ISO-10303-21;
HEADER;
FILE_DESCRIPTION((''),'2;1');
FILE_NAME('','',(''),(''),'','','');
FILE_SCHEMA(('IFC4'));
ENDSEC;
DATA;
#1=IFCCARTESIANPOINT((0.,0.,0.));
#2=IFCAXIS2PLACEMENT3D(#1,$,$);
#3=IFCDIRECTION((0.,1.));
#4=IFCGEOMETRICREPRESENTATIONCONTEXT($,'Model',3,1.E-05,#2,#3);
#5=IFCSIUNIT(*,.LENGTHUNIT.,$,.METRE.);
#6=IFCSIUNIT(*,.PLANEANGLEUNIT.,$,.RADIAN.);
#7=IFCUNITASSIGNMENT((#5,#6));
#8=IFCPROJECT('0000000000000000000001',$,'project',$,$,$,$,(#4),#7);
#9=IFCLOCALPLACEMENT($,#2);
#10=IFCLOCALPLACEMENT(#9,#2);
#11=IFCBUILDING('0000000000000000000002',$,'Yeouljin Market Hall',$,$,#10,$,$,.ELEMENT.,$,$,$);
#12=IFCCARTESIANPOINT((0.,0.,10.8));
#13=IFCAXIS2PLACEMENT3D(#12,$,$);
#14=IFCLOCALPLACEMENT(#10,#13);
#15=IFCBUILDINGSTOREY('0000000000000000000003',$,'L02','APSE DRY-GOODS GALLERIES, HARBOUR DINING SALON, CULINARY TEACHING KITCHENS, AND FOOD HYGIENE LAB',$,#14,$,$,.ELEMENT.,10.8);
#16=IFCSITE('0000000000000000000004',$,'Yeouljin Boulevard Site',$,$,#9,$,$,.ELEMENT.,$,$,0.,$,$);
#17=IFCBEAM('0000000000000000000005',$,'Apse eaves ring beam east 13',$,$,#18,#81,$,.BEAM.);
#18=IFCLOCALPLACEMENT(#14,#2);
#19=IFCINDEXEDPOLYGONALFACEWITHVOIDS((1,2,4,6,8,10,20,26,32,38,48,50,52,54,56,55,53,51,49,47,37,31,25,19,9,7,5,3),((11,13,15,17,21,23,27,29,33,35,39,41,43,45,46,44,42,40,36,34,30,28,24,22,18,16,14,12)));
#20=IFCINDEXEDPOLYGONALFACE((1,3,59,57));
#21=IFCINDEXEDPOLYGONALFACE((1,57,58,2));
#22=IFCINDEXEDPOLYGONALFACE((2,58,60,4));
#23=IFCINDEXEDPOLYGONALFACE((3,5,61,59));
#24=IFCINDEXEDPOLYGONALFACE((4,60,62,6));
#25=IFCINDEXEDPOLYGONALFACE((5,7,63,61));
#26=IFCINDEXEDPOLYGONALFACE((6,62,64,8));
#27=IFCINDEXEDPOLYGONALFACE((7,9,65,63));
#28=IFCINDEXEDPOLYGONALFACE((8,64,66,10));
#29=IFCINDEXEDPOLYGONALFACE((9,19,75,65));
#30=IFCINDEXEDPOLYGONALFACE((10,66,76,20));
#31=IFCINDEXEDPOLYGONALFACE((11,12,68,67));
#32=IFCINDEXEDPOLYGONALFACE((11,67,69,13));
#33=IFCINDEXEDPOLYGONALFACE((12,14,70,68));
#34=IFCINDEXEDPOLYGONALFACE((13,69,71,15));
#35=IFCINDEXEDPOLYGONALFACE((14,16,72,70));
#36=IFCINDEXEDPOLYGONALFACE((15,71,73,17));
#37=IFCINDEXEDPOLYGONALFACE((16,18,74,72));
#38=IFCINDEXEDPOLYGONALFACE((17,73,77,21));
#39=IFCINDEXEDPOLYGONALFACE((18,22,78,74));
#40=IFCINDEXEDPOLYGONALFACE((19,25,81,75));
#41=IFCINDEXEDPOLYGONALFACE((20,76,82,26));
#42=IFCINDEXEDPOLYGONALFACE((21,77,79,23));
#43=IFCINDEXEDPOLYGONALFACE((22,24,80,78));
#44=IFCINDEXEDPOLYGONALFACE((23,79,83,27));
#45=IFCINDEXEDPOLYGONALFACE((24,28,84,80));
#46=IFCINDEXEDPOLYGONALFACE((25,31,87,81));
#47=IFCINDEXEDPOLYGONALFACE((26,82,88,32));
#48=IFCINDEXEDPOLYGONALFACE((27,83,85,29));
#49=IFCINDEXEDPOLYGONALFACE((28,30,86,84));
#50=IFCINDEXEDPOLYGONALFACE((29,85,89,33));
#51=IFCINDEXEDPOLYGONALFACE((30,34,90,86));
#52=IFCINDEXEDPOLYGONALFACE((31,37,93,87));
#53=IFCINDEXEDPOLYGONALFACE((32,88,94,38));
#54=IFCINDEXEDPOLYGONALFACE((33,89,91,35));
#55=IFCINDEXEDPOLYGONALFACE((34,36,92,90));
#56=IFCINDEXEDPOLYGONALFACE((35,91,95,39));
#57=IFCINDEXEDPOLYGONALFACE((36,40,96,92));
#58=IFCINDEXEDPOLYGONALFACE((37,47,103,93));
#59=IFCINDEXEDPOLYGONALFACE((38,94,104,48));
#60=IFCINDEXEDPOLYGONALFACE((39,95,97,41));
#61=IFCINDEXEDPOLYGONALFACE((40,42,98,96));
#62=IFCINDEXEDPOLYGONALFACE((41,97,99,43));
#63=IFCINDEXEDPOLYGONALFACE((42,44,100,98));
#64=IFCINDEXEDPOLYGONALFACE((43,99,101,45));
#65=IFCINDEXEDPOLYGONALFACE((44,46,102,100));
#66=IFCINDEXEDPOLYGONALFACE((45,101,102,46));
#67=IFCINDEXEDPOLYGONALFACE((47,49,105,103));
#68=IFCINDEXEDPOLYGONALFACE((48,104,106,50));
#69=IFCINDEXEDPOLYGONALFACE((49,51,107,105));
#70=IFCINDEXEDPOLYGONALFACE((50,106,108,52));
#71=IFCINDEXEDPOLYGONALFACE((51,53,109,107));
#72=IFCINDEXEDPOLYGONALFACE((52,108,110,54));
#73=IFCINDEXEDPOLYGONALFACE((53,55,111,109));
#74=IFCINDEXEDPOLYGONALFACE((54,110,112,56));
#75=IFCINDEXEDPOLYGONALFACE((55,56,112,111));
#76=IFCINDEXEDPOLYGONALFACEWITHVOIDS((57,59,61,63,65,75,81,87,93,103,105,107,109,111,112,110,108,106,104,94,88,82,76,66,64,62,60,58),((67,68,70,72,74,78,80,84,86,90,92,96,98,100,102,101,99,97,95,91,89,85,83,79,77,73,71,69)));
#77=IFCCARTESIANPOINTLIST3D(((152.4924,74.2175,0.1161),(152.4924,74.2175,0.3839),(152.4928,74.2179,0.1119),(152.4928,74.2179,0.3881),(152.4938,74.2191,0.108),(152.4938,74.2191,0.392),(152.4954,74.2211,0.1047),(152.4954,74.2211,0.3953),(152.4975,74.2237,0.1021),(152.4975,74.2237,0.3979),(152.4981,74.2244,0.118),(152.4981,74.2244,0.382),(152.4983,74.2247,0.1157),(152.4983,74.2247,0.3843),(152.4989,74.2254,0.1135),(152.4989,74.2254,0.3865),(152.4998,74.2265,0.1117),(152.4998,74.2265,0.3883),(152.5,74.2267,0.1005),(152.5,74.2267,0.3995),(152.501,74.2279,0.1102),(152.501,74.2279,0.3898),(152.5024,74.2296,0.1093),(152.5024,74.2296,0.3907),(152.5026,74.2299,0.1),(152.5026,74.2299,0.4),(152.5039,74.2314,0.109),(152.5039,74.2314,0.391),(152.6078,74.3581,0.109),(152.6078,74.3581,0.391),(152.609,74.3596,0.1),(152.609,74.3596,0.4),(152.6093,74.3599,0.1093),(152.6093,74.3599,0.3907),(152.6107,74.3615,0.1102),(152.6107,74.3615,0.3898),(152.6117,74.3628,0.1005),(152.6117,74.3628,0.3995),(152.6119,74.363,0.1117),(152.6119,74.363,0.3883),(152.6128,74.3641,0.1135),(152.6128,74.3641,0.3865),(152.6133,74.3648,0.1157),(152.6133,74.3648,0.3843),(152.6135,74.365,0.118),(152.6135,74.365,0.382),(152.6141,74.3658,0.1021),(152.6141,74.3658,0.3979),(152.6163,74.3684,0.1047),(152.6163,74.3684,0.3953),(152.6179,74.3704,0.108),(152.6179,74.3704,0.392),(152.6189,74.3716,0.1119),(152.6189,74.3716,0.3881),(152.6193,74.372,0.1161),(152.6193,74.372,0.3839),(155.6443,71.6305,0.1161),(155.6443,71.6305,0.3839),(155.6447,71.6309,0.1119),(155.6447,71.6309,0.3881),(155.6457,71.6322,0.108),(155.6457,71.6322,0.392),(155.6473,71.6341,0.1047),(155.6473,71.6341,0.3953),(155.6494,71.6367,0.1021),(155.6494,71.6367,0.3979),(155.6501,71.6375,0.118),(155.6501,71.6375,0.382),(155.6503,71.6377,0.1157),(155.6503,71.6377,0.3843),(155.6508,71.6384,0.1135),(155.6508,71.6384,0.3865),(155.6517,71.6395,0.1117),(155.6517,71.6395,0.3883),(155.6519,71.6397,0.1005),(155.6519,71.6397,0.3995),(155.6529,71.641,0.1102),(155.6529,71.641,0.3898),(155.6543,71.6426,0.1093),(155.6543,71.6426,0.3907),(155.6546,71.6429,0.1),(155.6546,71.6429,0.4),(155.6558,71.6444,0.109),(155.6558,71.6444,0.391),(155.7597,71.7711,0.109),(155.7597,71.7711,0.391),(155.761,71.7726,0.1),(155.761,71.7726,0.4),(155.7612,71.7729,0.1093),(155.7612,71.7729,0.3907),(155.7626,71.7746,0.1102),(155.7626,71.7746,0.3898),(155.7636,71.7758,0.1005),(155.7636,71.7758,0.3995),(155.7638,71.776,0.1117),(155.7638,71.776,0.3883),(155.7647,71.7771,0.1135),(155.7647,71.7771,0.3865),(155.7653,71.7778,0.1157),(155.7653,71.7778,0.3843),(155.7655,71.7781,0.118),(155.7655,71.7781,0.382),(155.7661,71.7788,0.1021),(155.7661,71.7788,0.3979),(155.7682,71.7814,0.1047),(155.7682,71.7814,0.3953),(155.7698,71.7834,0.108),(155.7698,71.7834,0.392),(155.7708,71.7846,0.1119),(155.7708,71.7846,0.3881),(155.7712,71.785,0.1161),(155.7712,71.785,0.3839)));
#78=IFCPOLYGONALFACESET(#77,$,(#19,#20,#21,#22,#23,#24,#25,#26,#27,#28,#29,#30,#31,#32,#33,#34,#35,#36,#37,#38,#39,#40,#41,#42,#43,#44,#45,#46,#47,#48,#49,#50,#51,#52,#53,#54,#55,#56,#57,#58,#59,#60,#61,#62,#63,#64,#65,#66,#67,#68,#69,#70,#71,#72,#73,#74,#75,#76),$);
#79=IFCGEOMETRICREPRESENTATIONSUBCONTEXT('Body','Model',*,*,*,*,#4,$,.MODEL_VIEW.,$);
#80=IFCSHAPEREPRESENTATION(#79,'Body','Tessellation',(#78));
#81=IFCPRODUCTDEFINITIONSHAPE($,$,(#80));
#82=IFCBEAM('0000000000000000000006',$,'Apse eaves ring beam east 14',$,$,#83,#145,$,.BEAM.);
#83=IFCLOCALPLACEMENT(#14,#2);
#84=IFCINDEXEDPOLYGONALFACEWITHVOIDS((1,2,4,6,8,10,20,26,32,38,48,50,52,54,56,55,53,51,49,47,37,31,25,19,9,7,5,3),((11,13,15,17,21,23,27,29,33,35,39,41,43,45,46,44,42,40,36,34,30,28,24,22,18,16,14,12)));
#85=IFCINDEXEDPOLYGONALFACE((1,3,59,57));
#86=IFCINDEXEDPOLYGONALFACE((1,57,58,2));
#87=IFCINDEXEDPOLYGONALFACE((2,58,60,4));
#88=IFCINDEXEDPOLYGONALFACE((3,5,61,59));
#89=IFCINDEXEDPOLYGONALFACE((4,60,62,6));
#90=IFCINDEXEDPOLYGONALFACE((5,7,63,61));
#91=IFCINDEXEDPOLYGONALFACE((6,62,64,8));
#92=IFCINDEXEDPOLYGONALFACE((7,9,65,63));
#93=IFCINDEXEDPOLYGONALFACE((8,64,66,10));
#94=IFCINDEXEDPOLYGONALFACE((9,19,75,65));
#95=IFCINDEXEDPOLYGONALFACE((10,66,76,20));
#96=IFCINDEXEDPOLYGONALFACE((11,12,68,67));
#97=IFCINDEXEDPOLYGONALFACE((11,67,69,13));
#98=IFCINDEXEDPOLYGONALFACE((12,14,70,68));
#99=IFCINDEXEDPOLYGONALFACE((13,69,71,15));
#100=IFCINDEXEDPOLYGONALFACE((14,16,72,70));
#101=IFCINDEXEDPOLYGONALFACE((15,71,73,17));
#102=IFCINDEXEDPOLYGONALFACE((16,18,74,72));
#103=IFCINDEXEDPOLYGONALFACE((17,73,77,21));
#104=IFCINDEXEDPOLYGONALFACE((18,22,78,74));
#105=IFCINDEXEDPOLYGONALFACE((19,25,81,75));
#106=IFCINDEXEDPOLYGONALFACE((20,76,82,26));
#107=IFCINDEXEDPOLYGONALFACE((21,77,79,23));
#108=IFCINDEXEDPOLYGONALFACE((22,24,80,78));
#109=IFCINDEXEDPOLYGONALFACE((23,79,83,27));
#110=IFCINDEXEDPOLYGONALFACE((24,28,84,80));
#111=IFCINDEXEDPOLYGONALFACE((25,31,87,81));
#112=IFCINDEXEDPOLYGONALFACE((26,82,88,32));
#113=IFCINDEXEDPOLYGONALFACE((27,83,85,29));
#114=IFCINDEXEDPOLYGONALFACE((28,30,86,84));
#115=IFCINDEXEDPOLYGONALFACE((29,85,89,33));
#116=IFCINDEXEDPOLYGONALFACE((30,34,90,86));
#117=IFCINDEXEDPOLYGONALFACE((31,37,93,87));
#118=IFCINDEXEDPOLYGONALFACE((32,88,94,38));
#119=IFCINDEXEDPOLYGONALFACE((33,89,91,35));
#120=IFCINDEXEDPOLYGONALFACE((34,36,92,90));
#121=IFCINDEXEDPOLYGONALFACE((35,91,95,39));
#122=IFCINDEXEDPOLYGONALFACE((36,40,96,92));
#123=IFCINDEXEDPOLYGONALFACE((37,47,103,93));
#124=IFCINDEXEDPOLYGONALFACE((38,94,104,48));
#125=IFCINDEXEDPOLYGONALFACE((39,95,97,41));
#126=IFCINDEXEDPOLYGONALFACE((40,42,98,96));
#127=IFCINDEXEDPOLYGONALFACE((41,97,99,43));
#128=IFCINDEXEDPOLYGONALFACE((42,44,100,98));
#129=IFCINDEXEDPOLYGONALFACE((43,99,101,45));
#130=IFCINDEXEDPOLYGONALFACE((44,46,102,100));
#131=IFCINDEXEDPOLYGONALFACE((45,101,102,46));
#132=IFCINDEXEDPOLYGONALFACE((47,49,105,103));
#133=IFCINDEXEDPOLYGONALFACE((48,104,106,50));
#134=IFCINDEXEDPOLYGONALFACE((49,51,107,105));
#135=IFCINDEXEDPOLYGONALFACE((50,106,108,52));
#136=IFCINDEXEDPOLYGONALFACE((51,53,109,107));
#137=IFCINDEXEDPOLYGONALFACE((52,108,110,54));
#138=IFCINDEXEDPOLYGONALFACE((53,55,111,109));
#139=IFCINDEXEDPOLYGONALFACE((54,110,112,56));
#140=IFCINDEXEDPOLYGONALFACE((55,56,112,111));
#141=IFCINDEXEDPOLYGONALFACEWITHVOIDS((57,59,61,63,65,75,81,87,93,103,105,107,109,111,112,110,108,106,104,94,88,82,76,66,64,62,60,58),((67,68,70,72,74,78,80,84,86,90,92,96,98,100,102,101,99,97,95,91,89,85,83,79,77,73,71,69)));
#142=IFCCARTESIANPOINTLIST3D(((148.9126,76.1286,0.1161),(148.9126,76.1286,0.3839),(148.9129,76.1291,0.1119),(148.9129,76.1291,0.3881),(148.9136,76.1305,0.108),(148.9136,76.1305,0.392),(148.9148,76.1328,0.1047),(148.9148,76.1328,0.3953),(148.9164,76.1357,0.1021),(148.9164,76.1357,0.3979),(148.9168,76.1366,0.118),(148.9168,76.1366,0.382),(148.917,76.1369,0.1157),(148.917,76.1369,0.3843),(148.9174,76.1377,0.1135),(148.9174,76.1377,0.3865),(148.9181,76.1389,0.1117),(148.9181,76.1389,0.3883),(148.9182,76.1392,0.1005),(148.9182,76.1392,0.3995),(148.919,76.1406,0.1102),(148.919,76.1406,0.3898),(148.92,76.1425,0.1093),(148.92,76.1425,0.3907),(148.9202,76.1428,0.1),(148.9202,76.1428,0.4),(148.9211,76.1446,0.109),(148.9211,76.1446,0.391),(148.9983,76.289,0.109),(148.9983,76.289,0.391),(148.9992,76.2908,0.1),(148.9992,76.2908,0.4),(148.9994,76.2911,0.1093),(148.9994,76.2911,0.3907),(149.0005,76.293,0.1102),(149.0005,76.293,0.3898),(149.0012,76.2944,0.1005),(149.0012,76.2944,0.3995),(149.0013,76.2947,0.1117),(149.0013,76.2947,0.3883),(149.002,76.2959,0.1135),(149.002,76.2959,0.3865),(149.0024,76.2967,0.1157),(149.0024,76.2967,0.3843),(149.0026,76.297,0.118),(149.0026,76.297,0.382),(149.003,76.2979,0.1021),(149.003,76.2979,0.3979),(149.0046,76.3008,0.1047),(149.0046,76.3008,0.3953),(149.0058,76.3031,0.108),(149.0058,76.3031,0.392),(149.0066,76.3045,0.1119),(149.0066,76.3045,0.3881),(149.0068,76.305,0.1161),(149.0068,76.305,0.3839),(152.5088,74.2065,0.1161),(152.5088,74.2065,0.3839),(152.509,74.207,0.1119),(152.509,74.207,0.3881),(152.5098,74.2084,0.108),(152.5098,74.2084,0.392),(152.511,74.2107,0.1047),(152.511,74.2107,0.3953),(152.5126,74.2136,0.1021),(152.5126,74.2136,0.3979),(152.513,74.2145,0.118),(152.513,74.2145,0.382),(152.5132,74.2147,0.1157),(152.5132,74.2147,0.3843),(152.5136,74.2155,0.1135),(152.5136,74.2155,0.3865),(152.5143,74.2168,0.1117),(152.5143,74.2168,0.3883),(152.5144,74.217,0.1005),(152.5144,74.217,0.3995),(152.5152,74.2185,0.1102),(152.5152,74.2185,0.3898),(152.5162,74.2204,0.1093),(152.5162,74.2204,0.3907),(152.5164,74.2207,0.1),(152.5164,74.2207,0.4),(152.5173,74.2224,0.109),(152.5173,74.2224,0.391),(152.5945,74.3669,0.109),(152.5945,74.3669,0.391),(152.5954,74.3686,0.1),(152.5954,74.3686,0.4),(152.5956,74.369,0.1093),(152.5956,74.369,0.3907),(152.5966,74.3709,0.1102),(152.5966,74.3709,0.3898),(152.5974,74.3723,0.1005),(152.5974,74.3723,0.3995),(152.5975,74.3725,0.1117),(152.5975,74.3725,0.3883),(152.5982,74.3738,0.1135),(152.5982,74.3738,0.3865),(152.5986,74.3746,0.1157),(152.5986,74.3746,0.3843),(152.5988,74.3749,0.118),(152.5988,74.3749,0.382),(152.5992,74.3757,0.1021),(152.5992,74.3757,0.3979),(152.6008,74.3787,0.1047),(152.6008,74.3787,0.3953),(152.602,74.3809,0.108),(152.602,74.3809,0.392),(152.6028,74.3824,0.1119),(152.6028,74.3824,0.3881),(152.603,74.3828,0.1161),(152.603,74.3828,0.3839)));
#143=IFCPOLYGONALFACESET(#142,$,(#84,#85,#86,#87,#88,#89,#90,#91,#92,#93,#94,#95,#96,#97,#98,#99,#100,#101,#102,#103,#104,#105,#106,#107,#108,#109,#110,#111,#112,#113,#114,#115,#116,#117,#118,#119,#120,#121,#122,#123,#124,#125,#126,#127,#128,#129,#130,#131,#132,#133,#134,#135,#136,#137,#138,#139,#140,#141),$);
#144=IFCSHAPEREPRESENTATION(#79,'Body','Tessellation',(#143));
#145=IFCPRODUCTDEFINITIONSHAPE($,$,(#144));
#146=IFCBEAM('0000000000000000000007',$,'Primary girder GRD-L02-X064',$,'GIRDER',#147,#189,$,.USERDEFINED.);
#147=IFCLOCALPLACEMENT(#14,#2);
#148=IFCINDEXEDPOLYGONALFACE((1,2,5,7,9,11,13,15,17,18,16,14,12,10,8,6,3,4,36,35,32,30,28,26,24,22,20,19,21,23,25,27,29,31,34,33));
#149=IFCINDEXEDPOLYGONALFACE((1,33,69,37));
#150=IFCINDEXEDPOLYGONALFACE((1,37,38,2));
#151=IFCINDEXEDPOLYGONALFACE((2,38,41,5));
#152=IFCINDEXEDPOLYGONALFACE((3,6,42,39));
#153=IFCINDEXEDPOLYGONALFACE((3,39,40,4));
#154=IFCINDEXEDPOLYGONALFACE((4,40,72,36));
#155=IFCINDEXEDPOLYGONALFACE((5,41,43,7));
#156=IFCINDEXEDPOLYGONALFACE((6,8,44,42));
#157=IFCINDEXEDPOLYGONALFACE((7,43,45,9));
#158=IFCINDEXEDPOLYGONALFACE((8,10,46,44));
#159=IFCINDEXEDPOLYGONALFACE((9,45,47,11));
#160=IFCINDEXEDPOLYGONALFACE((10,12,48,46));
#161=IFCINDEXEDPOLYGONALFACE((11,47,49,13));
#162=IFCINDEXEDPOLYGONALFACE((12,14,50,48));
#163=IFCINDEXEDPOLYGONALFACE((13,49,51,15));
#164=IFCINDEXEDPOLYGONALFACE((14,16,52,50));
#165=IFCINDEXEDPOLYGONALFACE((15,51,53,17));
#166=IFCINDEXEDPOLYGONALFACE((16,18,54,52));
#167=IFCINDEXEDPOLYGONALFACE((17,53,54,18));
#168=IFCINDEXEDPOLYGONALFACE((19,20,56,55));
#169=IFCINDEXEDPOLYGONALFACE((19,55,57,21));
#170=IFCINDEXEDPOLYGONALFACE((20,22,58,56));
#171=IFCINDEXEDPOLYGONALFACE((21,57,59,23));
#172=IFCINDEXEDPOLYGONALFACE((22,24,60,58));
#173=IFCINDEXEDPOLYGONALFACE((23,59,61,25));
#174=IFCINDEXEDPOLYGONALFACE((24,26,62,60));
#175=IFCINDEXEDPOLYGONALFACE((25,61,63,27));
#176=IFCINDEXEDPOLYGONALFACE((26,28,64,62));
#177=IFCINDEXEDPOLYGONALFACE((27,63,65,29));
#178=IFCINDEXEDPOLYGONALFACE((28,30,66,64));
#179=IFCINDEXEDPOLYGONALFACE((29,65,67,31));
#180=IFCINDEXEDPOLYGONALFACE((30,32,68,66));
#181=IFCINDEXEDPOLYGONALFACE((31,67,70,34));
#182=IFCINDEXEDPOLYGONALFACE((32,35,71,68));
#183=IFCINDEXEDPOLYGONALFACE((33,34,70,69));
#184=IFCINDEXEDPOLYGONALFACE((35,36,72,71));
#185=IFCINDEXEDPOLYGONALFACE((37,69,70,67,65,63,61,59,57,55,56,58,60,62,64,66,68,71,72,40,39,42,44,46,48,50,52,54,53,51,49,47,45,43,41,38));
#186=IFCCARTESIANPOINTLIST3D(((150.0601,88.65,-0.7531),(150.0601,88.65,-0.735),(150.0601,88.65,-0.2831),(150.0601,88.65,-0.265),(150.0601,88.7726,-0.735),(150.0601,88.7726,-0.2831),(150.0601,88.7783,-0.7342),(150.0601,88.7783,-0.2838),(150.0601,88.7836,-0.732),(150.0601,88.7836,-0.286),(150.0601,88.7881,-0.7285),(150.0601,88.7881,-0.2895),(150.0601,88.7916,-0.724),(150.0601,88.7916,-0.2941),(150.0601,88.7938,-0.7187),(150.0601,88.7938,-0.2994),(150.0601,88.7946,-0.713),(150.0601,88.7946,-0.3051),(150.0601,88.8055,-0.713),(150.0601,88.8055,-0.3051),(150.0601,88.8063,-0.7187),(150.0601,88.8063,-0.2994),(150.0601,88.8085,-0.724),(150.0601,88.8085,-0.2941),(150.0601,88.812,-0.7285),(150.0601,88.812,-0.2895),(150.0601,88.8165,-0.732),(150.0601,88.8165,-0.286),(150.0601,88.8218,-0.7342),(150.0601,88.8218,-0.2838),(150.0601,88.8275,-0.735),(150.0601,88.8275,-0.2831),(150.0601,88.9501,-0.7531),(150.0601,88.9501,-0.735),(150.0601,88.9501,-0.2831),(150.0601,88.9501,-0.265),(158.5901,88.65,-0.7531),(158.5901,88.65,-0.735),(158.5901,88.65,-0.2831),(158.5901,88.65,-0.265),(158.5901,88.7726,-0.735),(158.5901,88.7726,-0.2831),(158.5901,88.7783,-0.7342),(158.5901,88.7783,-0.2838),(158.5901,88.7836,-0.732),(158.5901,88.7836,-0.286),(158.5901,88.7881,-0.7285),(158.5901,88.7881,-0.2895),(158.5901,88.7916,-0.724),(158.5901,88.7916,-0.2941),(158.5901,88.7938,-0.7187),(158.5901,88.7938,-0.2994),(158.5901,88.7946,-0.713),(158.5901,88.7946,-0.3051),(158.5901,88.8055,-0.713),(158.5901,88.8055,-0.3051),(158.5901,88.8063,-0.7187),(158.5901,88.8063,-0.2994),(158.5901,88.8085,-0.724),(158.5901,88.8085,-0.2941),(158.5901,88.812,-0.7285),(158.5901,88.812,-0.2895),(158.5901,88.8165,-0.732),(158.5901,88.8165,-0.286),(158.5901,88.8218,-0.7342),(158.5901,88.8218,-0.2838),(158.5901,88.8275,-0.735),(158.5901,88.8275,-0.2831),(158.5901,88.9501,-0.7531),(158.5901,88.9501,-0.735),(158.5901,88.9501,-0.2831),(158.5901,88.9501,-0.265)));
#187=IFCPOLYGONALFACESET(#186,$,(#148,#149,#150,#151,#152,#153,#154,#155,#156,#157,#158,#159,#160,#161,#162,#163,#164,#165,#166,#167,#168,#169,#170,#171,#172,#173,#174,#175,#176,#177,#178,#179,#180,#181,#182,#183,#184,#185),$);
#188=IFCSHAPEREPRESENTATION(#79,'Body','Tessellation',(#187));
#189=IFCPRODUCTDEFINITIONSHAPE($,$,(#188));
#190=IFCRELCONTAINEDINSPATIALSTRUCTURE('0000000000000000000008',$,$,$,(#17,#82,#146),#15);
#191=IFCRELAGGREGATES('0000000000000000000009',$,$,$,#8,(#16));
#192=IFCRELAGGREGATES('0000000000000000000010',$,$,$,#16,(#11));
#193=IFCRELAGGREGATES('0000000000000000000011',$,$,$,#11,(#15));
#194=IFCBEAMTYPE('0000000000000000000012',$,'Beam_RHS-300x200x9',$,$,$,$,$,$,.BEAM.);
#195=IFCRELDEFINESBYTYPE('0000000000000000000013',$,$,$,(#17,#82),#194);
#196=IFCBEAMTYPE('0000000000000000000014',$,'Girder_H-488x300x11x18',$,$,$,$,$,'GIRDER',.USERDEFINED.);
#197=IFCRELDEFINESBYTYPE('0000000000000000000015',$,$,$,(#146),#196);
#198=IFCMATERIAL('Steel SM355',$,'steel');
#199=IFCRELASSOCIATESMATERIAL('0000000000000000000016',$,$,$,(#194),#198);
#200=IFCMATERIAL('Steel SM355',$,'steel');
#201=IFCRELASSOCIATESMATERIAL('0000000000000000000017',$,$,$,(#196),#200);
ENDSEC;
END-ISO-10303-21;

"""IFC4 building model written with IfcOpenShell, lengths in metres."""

from ifc_helpers import new_model, si_unit, direction, frame, origin, origin_2d, place, context, subcontext, project, spatial, hollow_rectangle, i_section, extrude, material, material_profile, profile_set, type_object, element, save


model = new_model("IFC4")

# Units and contexts
model_context = context("Model", 3, precision=1e-05, world=origin(), true_north=direction((0.0, 1.0)))
body_context = subcontext(model_context, "Body", "Model", "MODEL_VIEW")
ifc_project = project(units=[si_unit("LENGTHUNIT", "METRE"), si_unit("PLANEANGLEUNIT", "RADIAN")], contexts=[model_context])

# Site, building, storey
site_placement = place(None, origin())
site = spatial("IfcSite", under=ifc_project, at=site_placement, Name="Yeouljin Boulevard Site", CompositionType="ELEMENT", RefElevation=0.0)
building_placement = place(site_placement, origin())
building = spatial("IfcBuilding", under=site, at=building_placement, Name="Yeouljin Market Hall", CompositionType="ELEMENT")
storey_placement = place(building_placement, frame((0.0, 0.0, 10.8)))
storey = spatial("IfcBuildingStorey", under=building, at=storey_placement, Name="L02", Description="APSE DRY-GOODS GALLERIES, HARBOUR DINING SALON, CULINARY TEACHING KITCHENS, AND FOOD HYGIENE LAB", CompositionType="ELEMENT", Elevation=10.8)

# Beams
ifc_material_1 = material(Name="Steel SM355", Category="steel")
ifc_material_profile_1 = material_profile(ifc_material_1, hollow_rectangle(XDim=0.2, YDim=0.3, WallThickness=0.009, InnerFilletRadius=0.009, OuterFilletRadius=0.0161, at=origin_2d()), Name="RHS-300x200x9")
ifc_profile_set_1 = profile_set([ifc_material_profile_1], Name="Steel SM355")
beam_type_1 = type_object("IfcBeamType", Name="Beam_RHS-300x200x9", PredefinedType="BEAM", material=ifc_profile_set_1)
for number, where, z_axis, x_axis, name in (
    (1, (155.7078, 71.7078, 0.25), (-0.77298, 0.63443, 0.0), (-0.63443, -0.77298, 0.0), "Apse eaves ring beam east 13"),
    (2, (152.5559, 74.2947, 0.25), (-0.88193, 0.47138, 0.0), (-0.47138, -0.88193, 0.0), "Apse eaves ring beam east 14"),
):
    element("IfcBeam", number, at=place(storey_placement, frame(where, z_axis=z_axis, x_axis=x_axis)), inside=storey, type_object=beam_type_1, Name=name, PredefinedType="BEAM", context=body_context, shape_type="SweptSolid", body=[
        extrude(hollow_rectangle(XDim=0.2, YDim=0.3, WallThickness=0.009, InnerFilletRadius=0.009, OuterFilletRadius=0.0161, at=origin_2d()), origin(), (0.0, 0.0, 1.0), 4.0776),
    ])
ifc_material_2 = material(Name="Steel SM355", Category="steel")
ifc_material_profile_2 = material_profile(ifc_material_2, i_section(OverallWidth=0.3, OverallDepth=0.488, WebThickness=0.011, FlangeThickness=0.0181, FilletRadius=0.022, at=origin_2d()), Name="H-488x300x11x18")
ifc_profile_set_2 = profile_set([ifc_material_profile_2], Name="Steel SM355")
beam_type_2 = type_object("IfcBeamType", Name="Girder_H-488x300x11x18", ElementType="GIRDER", PredefinedType="USERDEFINED", material=ifc_profile_set_2)
beam_1_placement = place(storey_placement, frame((150.0601, 88.8, -0.509), z_axis=(1.0, 0.0, 0.0), x_axis=(0.0, 1.0, 0.0)))
element("IfcBeam", 3, at=beam_1_placement, inside=storey, type_object=beam_type_2, Name="Primary girder GRD-L02-X064", ObjectType="GIRDER", PredefinedType="USERDEFINED", context=body_context, shape_type="SweptSolid", body=[
    extrude(i_section(OverallWidth=0.3, OverallDepth=0.488, WebThickness=0.011, FlangeThickness=0.0181, FilletRadius=0.022, at=origin_2d()), origin(), (0.0, 0.0, 1.0), 8.53),
])

save(model, "model.ifc")
